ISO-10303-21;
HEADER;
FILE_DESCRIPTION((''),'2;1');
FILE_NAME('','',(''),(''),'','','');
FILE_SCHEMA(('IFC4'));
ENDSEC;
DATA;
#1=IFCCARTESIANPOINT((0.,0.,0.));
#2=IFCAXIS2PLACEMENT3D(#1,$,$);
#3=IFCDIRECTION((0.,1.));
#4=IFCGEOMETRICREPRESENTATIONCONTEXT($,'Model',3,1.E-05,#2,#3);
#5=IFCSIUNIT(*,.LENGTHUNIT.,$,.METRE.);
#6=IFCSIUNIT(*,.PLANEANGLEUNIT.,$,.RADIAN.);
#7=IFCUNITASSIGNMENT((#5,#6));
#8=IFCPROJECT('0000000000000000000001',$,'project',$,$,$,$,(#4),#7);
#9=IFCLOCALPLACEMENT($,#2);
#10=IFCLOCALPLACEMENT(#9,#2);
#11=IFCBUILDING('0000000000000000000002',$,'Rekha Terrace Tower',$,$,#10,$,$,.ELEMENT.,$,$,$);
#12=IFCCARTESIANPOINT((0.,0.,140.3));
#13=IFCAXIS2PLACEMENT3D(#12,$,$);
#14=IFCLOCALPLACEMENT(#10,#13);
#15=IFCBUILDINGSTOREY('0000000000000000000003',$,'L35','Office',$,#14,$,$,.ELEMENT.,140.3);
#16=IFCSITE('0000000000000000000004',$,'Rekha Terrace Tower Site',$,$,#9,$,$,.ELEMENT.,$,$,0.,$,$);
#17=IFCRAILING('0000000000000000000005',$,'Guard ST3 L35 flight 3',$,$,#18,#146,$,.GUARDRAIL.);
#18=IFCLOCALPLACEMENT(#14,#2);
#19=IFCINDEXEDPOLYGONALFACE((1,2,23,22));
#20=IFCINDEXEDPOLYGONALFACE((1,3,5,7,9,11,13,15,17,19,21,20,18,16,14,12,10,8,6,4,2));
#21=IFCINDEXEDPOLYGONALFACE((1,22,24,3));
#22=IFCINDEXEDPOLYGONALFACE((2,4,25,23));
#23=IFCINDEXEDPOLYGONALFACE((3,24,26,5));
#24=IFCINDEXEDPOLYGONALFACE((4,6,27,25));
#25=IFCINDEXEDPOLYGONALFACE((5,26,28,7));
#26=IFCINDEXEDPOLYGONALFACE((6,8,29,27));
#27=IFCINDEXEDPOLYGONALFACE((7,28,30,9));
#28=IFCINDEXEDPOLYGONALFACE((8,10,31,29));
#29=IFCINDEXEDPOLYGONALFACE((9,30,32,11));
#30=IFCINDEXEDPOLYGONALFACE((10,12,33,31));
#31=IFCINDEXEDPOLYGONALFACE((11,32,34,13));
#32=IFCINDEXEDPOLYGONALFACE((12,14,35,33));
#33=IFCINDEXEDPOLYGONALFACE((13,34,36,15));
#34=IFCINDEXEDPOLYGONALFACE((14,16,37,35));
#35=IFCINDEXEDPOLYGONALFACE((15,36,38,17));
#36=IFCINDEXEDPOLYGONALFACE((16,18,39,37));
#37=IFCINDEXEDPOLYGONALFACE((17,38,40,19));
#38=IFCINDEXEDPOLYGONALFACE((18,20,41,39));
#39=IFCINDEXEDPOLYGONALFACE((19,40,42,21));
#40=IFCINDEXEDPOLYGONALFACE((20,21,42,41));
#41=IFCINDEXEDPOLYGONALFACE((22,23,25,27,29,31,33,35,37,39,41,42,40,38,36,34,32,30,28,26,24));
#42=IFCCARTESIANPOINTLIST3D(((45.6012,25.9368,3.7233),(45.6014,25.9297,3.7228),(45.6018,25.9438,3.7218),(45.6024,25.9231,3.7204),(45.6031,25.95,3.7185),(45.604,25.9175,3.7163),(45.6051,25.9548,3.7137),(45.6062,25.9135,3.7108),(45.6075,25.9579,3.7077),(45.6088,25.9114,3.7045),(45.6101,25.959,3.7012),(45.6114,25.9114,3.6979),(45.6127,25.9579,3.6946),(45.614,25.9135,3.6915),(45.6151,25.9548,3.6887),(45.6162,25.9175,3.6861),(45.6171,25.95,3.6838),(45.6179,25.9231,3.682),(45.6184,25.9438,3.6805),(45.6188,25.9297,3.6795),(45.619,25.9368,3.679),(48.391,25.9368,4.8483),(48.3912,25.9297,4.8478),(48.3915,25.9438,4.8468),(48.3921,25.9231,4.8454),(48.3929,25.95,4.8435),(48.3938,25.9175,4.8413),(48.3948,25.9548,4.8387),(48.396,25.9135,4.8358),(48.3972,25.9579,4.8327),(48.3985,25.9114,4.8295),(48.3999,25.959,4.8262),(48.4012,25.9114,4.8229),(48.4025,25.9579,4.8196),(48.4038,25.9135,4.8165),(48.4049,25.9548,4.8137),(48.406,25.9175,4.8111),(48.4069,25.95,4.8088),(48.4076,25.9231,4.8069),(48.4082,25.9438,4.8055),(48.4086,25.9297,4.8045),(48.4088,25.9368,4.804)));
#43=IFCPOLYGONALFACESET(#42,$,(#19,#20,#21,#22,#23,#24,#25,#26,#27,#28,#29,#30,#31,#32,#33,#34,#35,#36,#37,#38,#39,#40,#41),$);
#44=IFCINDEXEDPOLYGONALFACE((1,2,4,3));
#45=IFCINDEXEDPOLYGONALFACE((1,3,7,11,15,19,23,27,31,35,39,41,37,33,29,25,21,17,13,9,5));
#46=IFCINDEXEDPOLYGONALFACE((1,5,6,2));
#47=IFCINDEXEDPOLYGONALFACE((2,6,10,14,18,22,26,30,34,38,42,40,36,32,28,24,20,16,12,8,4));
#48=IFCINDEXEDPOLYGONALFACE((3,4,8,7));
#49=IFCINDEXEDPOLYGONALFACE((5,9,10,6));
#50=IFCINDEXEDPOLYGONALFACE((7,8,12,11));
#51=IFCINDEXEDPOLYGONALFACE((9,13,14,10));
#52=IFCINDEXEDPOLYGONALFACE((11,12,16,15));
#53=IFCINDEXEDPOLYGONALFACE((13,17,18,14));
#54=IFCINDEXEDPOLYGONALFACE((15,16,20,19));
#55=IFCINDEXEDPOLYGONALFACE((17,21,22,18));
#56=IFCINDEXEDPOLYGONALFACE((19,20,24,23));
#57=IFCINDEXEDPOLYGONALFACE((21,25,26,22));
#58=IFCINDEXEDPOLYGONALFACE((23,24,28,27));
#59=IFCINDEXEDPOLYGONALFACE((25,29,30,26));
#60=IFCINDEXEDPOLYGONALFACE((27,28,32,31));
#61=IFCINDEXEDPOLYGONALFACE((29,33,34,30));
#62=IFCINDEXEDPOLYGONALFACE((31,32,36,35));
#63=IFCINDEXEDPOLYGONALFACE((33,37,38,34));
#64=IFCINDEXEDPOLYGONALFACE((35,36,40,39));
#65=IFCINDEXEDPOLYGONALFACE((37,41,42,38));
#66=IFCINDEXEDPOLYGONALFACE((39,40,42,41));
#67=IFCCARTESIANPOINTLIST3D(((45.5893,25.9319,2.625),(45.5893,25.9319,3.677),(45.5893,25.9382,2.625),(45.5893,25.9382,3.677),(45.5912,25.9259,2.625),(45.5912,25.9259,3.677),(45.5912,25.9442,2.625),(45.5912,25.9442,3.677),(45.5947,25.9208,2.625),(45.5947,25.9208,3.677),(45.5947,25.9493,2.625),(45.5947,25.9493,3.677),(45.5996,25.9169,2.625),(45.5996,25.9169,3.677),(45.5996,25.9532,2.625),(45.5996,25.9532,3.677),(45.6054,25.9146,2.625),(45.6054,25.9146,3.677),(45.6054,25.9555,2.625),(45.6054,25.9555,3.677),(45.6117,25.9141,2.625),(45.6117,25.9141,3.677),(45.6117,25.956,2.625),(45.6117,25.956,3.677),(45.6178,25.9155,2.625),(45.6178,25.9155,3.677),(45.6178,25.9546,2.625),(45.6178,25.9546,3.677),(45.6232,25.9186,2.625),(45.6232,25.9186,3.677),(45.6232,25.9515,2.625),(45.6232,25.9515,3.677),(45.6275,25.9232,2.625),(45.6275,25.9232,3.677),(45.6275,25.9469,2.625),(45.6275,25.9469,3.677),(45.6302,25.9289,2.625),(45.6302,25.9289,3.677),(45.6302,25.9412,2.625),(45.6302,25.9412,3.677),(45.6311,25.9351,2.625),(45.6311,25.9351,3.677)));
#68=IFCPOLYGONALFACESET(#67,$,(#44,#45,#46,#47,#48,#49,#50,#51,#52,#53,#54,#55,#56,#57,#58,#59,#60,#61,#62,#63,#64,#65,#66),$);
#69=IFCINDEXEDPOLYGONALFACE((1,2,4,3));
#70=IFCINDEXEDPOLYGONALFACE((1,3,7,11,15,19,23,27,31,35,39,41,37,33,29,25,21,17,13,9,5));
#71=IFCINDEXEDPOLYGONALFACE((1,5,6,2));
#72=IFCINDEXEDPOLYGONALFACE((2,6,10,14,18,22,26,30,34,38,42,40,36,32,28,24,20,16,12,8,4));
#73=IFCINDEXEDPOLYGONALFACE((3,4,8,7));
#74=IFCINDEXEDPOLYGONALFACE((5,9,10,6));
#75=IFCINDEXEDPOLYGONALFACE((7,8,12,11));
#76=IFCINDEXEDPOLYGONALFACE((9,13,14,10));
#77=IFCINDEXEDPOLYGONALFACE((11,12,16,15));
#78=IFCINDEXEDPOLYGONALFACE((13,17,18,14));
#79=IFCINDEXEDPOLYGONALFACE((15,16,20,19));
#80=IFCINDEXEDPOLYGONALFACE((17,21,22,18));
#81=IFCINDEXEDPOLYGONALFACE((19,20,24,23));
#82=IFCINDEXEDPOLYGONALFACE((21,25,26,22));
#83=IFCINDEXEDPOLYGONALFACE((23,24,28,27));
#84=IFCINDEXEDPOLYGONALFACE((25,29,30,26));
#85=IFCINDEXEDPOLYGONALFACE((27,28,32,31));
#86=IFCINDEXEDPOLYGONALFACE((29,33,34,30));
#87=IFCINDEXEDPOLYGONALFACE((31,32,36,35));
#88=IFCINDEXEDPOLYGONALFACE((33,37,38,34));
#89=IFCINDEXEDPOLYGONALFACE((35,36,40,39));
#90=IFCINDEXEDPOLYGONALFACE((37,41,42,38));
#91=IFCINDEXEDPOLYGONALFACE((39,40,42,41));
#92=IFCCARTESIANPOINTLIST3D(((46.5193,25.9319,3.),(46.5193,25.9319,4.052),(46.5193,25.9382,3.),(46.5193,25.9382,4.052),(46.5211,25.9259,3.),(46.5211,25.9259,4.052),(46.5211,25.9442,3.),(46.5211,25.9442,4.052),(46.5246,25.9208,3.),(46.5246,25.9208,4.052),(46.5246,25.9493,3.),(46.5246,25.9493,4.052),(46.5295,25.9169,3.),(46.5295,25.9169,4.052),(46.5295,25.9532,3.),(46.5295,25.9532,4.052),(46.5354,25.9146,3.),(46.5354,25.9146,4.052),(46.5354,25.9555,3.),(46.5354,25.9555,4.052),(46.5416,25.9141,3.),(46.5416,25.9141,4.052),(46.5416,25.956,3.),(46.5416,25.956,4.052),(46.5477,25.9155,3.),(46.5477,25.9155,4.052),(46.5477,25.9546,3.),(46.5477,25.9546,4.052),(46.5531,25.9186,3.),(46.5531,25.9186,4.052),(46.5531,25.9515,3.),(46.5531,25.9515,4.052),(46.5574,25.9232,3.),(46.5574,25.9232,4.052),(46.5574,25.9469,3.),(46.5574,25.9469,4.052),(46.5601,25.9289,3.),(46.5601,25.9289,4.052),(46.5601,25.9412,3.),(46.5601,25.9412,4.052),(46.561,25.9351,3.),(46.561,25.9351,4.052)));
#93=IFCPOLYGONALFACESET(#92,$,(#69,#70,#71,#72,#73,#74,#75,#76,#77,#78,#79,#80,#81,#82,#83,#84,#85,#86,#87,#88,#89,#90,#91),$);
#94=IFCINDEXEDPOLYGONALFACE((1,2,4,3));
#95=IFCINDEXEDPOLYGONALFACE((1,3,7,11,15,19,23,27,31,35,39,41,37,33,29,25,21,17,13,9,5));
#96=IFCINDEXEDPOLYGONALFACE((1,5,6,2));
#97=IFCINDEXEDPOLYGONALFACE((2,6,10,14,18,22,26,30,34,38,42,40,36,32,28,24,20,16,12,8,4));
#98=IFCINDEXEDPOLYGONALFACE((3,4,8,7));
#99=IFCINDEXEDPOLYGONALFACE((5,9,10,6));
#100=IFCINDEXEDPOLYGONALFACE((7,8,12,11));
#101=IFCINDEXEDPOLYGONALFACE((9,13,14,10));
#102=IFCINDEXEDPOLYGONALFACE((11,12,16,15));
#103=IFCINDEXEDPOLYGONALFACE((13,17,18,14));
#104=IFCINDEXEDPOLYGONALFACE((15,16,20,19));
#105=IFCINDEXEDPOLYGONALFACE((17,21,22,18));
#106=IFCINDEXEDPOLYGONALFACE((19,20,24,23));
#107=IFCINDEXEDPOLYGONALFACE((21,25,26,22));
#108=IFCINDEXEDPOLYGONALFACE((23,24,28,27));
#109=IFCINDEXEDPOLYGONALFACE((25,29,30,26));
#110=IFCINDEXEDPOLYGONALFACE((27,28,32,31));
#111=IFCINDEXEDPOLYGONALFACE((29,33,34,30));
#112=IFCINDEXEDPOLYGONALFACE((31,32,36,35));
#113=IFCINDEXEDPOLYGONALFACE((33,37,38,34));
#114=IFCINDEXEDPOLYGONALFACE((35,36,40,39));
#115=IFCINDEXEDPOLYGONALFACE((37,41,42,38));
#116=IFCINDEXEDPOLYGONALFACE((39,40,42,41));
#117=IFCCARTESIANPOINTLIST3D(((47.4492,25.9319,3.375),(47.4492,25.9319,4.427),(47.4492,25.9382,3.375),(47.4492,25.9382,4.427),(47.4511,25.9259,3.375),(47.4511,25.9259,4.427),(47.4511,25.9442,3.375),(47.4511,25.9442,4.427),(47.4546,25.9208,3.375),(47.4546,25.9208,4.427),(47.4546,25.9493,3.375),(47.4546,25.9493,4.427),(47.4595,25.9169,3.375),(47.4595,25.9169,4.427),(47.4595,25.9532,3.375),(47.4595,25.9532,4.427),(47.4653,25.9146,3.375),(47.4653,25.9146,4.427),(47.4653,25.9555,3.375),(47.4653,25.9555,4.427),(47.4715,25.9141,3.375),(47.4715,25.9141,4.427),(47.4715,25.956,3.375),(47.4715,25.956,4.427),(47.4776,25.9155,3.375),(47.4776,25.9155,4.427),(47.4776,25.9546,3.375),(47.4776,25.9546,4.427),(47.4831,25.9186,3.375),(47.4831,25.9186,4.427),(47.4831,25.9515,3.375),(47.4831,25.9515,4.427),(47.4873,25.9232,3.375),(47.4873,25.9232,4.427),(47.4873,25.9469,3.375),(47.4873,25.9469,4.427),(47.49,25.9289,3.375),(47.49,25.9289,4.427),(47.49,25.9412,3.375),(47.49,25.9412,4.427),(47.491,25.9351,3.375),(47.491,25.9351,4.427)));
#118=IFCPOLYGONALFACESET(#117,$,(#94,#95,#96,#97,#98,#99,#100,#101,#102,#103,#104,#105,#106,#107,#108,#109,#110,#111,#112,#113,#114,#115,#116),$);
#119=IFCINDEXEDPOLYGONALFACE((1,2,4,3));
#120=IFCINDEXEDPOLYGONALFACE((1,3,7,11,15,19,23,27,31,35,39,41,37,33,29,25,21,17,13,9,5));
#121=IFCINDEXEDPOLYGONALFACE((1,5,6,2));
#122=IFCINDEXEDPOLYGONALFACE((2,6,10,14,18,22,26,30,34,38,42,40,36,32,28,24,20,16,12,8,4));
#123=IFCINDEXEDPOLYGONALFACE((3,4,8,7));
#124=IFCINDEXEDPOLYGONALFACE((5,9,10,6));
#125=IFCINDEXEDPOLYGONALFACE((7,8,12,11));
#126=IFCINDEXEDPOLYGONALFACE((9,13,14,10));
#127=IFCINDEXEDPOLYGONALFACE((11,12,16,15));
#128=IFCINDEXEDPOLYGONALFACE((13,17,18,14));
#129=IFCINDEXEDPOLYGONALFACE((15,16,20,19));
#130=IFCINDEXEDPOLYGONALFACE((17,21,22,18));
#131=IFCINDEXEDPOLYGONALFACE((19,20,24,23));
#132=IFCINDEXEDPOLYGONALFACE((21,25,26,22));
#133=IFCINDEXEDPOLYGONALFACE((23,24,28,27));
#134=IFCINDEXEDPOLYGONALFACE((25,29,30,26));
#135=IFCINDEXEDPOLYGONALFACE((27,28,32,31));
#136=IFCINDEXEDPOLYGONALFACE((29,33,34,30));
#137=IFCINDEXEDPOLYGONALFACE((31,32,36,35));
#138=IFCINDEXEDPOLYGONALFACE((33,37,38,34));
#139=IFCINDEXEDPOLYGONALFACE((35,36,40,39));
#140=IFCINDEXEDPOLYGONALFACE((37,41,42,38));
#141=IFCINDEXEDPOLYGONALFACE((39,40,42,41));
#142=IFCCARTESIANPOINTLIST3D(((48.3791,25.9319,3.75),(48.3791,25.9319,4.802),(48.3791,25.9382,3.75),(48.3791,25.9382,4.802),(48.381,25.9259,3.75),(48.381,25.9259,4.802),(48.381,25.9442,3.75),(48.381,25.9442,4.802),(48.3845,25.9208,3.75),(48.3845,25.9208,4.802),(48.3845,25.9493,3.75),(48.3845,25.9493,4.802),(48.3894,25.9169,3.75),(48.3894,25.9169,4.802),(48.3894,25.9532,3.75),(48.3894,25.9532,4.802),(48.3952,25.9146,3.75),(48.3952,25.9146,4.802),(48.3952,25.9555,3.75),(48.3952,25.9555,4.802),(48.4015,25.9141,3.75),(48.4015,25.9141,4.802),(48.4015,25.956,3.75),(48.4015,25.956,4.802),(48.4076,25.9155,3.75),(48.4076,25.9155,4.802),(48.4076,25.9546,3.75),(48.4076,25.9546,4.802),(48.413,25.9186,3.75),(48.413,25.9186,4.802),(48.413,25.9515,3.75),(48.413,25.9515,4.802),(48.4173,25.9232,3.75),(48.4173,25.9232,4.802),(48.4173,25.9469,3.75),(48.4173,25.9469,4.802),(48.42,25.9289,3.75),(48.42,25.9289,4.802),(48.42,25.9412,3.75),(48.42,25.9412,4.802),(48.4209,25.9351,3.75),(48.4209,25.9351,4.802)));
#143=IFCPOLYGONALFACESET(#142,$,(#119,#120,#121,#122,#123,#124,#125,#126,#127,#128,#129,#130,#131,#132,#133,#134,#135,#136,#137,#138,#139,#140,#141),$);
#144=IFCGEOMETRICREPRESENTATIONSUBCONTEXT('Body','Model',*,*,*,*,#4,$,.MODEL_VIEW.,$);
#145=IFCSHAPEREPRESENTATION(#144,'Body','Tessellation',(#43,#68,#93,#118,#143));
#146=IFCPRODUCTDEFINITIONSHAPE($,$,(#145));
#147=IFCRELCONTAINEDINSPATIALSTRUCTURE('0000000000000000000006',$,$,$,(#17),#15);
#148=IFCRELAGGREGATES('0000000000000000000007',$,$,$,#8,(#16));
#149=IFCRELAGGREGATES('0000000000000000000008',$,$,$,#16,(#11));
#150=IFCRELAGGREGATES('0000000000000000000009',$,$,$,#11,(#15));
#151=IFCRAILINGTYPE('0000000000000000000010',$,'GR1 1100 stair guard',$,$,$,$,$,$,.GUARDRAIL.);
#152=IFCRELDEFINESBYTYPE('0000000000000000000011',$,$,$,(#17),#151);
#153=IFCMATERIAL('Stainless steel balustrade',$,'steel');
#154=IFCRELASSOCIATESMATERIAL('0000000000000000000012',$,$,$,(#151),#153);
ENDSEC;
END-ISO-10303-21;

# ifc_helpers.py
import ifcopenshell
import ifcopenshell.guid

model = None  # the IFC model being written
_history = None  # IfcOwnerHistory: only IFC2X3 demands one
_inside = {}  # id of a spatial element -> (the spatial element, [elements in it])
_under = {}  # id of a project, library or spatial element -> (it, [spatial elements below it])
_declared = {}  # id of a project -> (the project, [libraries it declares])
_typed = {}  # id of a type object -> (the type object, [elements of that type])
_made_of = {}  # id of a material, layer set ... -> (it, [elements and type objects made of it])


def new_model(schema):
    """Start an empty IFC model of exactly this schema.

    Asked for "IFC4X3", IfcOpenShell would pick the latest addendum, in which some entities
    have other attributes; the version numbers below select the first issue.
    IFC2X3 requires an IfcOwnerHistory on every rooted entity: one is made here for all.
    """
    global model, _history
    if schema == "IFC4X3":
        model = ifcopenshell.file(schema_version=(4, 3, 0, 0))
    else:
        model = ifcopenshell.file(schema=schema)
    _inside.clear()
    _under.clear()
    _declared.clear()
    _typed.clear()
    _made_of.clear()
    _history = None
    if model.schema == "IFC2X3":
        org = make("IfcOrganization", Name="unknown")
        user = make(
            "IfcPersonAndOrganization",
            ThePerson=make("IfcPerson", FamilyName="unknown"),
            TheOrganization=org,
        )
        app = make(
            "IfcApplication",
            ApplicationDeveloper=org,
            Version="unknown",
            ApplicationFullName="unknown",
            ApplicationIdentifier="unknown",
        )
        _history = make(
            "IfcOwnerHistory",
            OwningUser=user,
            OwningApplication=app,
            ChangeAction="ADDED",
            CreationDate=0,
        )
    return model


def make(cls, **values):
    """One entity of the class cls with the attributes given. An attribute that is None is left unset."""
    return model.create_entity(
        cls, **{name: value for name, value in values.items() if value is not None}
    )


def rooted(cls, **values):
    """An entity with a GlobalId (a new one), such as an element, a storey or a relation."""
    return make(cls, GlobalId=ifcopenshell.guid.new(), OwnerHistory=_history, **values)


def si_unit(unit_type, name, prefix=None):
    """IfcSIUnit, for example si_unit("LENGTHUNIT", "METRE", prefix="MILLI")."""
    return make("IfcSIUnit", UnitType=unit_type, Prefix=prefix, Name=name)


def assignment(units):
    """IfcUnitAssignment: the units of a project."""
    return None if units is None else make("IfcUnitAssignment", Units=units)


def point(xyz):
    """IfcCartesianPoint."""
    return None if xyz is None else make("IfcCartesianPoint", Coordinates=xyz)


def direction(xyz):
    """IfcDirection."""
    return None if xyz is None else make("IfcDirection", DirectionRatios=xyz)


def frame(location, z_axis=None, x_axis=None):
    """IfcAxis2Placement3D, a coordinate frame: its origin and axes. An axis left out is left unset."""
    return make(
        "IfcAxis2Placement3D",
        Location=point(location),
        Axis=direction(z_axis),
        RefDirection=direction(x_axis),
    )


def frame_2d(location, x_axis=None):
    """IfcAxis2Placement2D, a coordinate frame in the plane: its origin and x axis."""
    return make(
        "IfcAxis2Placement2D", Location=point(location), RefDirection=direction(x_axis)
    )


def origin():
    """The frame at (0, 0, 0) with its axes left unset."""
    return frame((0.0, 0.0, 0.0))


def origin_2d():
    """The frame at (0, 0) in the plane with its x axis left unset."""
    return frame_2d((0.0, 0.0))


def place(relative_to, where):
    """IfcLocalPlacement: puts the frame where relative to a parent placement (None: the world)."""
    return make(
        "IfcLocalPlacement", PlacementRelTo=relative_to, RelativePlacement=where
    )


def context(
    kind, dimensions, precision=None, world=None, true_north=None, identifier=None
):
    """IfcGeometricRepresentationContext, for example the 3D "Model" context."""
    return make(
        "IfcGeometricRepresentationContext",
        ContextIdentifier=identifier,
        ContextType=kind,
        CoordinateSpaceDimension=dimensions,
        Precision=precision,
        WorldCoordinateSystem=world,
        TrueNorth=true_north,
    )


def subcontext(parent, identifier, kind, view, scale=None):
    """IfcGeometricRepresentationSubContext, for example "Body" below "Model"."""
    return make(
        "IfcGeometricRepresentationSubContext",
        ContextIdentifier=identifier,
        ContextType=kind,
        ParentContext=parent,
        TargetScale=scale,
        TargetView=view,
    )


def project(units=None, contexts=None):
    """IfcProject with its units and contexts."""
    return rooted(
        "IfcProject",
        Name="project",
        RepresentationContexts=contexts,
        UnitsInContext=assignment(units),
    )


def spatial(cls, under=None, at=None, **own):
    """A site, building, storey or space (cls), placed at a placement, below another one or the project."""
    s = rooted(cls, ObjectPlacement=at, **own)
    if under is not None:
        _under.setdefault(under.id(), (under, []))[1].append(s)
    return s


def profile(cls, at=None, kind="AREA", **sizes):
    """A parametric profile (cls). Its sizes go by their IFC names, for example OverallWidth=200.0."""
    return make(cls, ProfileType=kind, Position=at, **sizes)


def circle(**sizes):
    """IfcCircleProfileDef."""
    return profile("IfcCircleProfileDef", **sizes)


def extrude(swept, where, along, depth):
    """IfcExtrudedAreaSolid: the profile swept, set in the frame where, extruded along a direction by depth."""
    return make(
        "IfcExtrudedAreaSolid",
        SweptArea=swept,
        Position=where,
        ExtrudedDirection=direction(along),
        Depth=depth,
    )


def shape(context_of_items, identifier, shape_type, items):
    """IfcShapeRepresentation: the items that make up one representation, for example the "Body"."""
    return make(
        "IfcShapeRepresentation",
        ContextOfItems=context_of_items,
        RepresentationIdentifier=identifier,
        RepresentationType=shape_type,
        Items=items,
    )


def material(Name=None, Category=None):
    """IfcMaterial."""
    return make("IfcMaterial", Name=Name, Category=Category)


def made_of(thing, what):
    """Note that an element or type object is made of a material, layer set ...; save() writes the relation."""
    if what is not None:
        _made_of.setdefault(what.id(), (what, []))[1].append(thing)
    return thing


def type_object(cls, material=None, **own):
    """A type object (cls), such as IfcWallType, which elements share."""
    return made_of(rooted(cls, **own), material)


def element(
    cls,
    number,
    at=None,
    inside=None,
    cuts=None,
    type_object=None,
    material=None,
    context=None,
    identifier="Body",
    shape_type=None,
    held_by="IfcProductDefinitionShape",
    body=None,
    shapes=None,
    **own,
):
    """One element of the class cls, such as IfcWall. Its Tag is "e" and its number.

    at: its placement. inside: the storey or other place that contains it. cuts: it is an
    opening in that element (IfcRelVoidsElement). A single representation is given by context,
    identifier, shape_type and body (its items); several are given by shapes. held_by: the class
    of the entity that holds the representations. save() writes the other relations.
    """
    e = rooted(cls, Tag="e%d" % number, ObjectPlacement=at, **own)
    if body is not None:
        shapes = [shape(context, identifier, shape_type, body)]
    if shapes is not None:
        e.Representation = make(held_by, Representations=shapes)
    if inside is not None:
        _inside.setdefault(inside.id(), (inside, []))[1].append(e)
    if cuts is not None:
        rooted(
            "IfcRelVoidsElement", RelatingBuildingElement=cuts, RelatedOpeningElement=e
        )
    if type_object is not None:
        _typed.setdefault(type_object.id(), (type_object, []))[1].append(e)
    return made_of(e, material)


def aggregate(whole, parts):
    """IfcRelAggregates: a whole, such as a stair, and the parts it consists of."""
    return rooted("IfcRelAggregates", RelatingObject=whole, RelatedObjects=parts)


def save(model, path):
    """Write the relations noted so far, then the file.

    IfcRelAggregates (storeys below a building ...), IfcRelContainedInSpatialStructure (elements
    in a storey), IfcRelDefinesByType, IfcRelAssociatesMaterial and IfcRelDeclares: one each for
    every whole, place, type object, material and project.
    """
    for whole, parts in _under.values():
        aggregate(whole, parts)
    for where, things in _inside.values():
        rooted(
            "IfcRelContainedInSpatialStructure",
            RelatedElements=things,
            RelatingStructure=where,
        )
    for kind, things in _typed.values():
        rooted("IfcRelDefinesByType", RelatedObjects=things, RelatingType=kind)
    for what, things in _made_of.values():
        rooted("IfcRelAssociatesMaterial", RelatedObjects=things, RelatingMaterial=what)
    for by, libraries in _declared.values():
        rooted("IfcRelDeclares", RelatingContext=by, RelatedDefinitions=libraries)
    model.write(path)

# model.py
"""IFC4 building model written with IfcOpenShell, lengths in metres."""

from ifc_helpers import new_model, si_unit, direction, frame, origin, origin_2d, place, context, subcontext, project, spatial, circle, extrude, material, type_object, element, save


model = new_model("IFC4")

# Units and contexts
model_context = context("Model", 3, precision=1e-05, world=origin(), true_north=direction((0.0, 1.0)))
body_context = subcontext(model_context, "Body", "Model", "MODEL_VIEW")
ifc_project = project(units=[si_unit("LENGTHUNIT", "METRE"), si_unit("PLANEANGLEUNIT", "RADIAN")], contexts=[model_context])

# Site, building, storey
site_placement = place(None, origin())
site = spatial("IfcSite", under=ifc_project, at=site_placement, Name="Rekha Terrace Tower Site", CompositionType="ELEMENT", RefElevation=0.0)
building_placement = place(site_placement, origin())
building = spatial("IfcBuilding", under=site, at=building_placement, Name="Rekha Terrace Tower", CompositionType="ELEMENT")
storey_placement = place(building_placement, frame((0.0, 0.0, 140.3)))
storey = spatial("IfcBuildingStorey", under=building, at=storey_placement, Name="L35", Description="Office", CompositionType="ELEMENT", Elevation=140.3)

# Railing
ifc_material_1 = material(Name="Stainless steel balustrade", Category="steel")
railing_type_1 = type_object("IfcRailingType", Name="GR1 1100 stair guard", PredefinedType="GUARDRAIL", material=ifc_material_1)
railing_1_placement = place(storey_placement, frame((45.6101, 25.9351, 2.625)))
element("IfcRailing", 1, at=railing_1_placement, inside=storey, type_object=railing_type_1, Name="Guard ST3 L35 flight 3", PredefinedType="GUARDRAIL", context=body_context, shape_type="SweptSolid", body=[
    extrude(circle(Radius=0.0239, at=origin_2d()), frame((0.0, 0.0, 1.0762), z_axis=(0.927432, 0.0, 0.373992), x_axis=(0.0, 1.0, 0.0)), (0.0, 0.0, 1.0), 3.0081),
    extrude(circle(Radius=0.021, at=origin_2d()), origin(), (0.0, 0.0, 1.0), 1.052),
    extrude(circle(Radius=0.021, at=origin_2d()), frame((0.9299, 0.0, 0.375)), (0.0, 0.0, 1.0), 1.052),
    extrude(circle(Radius=0.021, at=origin_2d()), frame((1.8599, 0.0, 0.75)), (0.0, 0.0, 1.0), 1.052),
    extrude(circle(Radius=0.021, at=origin_2d()), frame((2.7898, 0.0, 1.125)), (0.0, 0.0, 1.0), 1.052),
])

save(model, "model.ifc")
